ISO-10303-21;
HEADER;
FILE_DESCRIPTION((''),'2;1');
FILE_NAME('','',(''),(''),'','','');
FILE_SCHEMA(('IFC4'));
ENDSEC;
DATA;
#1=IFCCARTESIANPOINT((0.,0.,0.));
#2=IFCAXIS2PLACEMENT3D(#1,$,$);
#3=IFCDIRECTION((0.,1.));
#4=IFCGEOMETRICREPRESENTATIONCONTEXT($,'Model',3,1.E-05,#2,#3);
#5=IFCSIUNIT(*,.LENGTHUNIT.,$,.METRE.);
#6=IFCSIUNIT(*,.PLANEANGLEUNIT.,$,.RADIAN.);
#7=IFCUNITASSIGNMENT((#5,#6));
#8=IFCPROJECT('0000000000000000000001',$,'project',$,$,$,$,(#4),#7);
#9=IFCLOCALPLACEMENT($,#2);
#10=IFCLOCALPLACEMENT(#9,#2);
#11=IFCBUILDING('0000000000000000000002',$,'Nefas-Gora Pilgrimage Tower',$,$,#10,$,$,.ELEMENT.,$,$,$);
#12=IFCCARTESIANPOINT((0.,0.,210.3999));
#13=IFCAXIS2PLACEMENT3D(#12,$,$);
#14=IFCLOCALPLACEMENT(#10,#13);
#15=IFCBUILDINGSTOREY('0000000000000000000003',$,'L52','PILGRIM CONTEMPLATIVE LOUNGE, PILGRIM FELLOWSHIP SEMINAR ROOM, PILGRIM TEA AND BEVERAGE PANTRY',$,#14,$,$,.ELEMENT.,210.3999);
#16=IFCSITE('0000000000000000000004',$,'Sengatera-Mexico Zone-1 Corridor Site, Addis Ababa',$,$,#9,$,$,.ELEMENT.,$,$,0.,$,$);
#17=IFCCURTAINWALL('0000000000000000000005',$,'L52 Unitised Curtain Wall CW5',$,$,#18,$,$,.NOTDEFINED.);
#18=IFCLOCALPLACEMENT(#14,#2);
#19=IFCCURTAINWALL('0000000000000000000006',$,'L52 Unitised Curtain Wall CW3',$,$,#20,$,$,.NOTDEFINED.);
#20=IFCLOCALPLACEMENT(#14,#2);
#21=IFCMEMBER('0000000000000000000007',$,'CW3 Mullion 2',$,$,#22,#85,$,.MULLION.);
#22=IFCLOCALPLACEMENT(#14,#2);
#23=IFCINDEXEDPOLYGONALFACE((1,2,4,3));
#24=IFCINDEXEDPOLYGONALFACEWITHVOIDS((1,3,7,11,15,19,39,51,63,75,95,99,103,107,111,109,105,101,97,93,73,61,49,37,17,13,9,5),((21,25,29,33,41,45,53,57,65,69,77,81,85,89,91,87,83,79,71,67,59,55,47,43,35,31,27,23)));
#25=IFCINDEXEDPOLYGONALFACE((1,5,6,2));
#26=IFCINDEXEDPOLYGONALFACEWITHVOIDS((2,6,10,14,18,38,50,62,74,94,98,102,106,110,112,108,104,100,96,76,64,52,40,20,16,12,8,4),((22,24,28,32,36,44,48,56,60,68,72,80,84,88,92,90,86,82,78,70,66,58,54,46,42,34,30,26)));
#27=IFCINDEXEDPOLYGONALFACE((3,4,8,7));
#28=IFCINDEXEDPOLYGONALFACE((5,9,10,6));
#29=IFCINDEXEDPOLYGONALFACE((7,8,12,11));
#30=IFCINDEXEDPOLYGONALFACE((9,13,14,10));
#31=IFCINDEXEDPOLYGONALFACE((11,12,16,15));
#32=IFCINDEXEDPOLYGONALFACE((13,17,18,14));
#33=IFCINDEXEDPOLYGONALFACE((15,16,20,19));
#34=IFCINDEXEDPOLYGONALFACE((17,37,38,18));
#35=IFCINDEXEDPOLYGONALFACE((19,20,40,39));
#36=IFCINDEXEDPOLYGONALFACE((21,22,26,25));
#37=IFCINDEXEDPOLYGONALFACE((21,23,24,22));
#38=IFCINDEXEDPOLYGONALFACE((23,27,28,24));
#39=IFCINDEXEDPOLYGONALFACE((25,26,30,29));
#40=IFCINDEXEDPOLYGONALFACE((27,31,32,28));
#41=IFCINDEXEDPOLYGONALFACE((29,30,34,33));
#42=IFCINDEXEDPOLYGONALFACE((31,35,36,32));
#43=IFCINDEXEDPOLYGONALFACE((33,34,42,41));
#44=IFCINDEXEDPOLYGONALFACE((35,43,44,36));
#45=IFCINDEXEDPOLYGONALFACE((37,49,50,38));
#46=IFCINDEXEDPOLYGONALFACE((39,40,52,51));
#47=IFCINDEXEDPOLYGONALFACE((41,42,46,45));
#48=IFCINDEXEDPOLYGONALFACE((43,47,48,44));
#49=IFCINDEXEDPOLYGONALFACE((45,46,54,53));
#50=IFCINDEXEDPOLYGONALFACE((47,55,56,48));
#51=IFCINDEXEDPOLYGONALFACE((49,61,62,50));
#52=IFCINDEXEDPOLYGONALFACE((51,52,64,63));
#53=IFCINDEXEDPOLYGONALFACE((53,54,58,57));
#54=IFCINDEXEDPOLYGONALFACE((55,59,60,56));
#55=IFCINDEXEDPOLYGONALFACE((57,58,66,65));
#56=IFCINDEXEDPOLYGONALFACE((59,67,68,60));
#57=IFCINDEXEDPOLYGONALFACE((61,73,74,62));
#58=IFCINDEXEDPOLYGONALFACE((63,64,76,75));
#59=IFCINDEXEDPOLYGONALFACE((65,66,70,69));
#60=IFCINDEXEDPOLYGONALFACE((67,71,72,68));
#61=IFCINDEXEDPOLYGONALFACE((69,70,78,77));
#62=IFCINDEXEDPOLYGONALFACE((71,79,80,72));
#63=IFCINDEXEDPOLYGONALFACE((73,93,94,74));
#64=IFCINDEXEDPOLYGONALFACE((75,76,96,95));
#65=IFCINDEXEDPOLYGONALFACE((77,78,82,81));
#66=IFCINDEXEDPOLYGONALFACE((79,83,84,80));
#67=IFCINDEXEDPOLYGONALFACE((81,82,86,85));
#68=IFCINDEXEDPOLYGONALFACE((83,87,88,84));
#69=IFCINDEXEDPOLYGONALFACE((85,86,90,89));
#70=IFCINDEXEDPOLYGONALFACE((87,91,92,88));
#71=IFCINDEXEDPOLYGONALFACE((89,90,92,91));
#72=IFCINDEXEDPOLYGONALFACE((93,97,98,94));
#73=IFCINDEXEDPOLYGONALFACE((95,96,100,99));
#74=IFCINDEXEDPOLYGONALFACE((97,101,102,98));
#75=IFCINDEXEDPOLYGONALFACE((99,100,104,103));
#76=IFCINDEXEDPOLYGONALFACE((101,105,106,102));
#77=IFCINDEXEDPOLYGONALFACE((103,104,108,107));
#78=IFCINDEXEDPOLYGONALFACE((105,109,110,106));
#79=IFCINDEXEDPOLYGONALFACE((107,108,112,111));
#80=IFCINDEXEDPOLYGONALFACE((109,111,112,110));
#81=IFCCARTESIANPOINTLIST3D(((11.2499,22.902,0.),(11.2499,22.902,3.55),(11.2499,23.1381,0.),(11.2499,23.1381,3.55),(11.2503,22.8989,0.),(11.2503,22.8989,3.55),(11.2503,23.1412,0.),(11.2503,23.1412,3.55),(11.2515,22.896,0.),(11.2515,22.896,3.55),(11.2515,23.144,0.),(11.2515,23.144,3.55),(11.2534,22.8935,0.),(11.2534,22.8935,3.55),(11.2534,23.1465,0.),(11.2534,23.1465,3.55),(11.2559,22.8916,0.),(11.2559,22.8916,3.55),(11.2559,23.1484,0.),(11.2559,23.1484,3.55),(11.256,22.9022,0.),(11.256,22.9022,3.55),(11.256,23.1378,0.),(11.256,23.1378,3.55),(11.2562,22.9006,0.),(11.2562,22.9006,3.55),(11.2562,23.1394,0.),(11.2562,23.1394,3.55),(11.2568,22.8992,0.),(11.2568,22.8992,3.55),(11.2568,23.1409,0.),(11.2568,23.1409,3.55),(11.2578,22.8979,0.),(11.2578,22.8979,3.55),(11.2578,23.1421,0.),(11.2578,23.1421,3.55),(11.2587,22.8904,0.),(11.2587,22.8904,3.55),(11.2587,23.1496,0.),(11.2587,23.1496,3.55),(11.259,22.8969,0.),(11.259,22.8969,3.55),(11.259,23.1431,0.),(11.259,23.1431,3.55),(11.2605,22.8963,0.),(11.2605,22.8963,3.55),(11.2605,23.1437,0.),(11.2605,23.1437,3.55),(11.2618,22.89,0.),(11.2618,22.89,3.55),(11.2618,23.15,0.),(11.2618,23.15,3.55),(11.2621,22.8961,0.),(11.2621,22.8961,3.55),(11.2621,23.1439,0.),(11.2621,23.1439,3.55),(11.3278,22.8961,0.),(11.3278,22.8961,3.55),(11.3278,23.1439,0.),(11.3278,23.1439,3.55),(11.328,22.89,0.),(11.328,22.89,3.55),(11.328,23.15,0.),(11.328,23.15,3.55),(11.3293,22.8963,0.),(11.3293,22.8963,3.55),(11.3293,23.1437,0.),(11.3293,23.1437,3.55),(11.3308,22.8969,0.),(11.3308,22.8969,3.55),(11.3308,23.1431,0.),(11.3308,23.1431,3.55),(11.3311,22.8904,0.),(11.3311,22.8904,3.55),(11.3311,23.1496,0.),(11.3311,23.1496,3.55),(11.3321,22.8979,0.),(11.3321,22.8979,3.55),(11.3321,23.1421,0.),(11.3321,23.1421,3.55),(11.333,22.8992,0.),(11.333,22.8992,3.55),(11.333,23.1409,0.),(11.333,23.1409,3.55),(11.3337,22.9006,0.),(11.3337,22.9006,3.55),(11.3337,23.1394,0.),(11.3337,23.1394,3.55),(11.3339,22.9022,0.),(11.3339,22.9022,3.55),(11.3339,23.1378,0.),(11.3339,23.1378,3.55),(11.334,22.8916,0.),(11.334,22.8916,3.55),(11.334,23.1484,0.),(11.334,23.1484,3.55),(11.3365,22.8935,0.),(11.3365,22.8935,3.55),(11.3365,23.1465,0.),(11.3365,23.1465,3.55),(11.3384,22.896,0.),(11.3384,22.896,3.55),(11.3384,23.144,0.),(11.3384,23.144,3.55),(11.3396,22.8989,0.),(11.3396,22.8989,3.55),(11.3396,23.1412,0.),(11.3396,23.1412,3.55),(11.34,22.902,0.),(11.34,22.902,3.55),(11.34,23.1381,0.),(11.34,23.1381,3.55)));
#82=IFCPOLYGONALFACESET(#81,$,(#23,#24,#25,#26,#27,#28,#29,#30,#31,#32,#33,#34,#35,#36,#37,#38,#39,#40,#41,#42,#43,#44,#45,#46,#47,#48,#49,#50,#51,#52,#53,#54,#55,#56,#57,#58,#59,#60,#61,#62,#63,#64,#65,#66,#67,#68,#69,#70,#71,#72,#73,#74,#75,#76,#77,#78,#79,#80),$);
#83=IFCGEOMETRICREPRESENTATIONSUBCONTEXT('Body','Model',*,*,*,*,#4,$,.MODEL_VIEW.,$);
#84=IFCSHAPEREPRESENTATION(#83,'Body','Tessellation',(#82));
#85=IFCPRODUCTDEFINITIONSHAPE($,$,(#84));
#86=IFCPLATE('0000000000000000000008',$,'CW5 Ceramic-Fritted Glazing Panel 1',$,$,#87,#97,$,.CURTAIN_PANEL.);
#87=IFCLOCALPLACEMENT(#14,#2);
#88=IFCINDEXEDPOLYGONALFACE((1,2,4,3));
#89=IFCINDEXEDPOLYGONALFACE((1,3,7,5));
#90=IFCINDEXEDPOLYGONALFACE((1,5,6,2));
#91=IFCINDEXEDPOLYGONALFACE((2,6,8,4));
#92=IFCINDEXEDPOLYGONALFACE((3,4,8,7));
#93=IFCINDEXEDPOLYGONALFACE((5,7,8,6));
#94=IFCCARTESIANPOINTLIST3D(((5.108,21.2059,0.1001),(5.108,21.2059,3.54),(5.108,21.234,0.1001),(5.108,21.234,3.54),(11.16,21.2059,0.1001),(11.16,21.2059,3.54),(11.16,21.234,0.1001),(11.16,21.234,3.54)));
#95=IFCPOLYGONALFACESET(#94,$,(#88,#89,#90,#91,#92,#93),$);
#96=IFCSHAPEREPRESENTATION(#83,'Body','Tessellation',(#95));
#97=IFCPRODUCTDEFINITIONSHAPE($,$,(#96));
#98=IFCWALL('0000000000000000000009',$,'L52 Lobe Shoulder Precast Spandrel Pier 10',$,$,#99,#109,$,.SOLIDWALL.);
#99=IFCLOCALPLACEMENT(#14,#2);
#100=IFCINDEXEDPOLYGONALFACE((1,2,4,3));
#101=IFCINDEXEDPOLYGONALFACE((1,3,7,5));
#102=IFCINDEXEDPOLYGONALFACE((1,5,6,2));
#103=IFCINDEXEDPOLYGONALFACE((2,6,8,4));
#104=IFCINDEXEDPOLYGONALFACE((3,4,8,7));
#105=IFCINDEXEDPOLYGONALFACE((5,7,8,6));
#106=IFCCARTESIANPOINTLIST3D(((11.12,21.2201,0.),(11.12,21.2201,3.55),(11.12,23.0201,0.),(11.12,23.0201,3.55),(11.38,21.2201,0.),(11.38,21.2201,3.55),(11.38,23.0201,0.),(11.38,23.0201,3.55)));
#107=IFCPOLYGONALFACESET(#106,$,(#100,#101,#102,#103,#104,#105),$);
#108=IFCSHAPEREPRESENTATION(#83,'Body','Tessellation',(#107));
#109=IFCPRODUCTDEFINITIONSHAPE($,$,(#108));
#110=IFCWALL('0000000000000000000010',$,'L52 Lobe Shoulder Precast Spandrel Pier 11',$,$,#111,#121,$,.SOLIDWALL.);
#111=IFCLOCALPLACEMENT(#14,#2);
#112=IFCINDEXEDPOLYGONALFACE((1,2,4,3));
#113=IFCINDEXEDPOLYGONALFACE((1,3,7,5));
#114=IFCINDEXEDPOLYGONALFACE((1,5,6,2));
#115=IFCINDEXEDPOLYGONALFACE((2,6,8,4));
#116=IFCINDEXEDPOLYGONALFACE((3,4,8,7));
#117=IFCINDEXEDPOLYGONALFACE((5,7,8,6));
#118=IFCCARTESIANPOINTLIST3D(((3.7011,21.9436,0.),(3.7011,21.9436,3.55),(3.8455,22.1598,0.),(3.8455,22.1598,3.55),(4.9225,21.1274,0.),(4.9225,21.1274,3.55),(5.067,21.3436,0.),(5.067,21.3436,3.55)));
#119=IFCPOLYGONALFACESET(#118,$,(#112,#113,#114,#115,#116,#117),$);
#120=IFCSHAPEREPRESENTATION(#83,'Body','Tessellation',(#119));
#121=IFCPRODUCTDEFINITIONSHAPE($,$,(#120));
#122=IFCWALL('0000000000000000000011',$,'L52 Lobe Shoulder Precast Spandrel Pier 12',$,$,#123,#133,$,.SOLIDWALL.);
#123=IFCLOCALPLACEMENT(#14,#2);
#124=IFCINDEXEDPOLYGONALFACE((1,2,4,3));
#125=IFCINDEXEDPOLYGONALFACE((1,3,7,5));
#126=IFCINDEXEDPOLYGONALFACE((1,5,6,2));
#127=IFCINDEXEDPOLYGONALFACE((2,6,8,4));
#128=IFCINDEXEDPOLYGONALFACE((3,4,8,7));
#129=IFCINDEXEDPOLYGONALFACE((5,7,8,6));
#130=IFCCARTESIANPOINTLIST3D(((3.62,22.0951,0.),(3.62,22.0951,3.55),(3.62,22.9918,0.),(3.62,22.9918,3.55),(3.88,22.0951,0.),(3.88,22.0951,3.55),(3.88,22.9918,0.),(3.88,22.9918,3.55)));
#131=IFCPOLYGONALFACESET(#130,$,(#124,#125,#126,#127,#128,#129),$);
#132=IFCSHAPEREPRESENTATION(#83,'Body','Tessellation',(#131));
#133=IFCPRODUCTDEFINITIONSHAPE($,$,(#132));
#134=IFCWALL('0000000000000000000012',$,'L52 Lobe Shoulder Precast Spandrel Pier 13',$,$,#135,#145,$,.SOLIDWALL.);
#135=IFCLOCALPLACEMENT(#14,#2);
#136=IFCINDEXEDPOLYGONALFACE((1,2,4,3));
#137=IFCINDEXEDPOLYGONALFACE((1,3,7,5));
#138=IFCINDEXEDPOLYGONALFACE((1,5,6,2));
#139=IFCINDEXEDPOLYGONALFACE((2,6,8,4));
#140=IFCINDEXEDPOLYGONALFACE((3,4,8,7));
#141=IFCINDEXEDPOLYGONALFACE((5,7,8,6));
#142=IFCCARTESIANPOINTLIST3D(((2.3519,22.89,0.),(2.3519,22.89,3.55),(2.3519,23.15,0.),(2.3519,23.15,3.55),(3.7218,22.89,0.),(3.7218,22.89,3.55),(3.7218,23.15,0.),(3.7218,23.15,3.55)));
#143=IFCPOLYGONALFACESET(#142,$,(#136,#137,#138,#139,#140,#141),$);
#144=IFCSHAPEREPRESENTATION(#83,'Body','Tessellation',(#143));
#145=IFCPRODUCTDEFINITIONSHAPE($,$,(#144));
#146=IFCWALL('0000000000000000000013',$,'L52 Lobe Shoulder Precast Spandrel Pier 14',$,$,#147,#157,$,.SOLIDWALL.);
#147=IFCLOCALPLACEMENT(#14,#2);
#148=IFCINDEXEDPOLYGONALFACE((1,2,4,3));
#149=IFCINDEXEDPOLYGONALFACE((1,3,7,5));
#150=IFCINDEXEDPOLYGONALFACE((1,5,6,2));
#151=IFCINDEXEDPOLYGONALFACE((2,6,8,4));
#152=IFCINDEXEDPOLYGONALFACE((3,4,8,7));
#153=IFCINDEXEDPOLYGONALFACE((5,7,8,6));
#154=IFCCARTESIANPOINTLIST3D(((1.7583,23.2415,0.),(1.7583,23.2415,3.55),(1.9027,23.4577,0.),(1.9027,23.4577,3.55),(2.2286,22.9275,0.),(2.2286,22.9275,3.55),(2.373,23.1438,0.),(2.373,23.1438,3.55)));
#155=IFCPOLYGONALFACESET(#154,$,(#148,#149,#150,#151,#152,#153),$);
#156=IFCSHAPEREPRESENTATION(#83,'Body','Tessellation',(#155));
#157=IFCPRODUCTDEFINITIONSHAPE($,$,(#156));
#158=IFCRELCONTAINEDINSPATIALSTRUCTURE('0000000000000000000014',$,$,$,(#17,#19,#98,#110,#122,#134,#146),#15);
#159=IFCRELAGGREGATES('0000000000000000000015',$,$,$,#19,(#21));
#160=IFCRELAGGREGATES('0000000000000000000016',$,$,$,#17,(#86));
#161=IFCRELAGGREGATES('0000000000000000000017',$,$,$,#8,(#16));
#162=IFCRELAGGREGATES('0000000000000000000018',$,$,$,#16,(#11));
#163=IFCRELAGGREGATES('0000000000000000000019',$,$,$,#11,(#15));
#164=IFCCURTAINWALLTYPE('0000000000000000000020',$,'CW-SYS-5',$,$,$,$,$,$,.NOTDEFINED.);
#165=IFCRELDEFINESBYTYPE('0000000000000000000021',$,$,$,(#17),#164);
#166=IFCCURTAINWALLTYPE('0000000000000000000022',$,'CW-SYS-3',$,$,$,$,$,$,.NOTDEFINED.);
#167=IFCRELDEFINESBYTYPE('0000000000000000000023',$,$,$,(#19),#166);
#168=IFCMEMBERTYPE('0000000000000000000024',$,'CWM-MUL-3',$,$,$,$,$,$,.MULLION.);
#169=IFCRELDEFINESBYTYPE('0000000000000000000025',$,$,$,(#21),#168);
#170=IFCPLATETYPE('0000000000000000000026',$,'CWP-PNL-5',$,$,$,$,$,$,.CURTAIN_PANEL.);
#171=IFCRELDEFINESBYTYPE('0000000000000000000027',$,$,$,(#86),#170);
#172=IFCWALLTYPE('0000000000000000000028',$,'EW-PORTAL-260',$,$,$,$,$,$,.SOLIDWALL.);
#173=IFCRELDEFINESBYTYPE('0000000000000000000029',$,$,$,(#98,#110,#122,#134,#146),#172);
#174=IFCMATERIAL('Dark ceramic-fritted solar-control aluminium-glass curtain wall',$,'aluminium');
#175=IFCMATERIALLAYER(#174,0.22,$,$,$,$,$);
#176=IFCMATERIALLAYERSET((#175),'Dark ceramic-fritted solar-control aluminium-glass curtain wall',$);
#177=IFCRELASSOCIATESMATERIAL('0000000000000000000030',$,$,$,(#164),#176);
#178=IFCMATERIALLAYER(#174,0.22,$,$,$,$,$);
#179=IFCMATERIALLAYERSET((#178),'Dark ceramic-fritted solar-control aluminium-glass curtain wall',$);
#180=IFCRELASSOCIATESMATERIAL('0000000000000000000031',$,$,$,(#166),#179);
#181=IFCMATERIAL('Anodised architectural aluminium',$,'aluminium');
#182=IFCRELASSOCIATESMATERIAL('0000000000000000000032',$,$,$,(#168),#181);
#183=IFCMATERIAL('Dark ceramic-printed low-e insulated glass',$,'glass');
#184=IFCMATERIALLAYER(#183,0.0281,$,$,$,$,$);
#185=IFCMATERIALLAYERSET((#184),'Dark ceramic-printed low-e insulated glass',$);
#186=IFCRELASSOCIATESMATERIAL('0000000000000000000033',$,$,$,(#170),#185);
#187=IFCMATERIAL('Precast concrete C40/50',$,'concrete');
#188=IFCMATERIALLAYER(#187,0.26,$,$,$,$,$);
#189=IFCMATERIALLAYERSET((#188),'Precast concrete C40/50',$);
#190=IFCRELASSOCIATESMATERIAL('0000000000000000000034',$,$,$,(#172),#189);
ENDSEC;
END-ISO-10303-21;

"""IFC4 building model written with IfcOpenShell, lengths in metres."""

from ifc_helpers import new_model, si_unit, direction, frame, frame_2d, origin, origin_2d, place, context, subcontext, project, spatial, rectangle, hollow_rectangle, extrude, source, transform, mapped, material, layer, layer_set, material_profile, profile_set, type_object, element, aggregate, save


model = new_model("IFC4")

# Units and contexts
model_context = context("Model", 3, precision=1e-05, world=origin(), true_north=direction((0.0, 1.0)))
body_context = subcontext(model_context, "Body", "Model", "MODEL_VIEW")
ifc_project = project(units=[si_unit("LENGTHUNIT", "METRE"), si_unit("PLANEANGLEUNIT", "RADIAN")], contexts=[model_context])

# Site, building, storey
site_placement = place(None, origin())
site = spatial("IfcSite", under=ifc_project, at=site_placement, Name="Sengatera-Mexico Zone-1 Corridor Site, Addis Ababa", CompositionType="ELEMENT", RefElevation=0.0)
building_placement = place(site_placement, origin())
building = spatial("IfcBuilding", under=site, at=building_placement, Name="Nefas-Gora Pilgrimage Tower", CompositionType="ELEMENT")
storey_placement = place(building_placement, frame((0.0, 0.0, 210.3999)))
storey = spatial("IfcBuildingStorey", under=building, at=storey_placement, Name="L52", Description="PILGRIM CONTEMPLATIVE LOUNGE, PILGRIM FELLOWSHIP SEMINAR ROOM, PILGRIM TEA AND BEVERAGE PANTRY", CompositionType="ELEMENT", Elevation=210.3999)

# Curtain wall
ifc_material_1 = material(Name="Dark ceramic-fritted solar-control aluminium-glass curtain wall", Category="aluminium")
ifc_layer_1 = layer(ifc_material_1, 0.22)
ifc_layer_set_1 = layer_set([ifc_layer_1], Name="Dark ceramic-fritted solar-control aluminium-glass curtain wall")
curtain_wall_type_1 = type_object("IfcCurtainWallType", Name="CW-SYS-5", PredefinedType="NOTDEFINED", material=ifc_layer_set_1)
curtain_wall_1_placement = place(storey_placement, origin())
curtain_wall_1 = element("IfcCurtainWall", 1, at=curtain_wall_1_placement, inside=storey, type_object=curtain_wall_type_1, Name="L52 Unitised Curtain Wall CW5", PredefinedType="NOTDEFINED")
ifc_material_2 = material(Name="Anodised architectural aluminium", Category="aluminium")

# Curtain wall, member
ifc_layer_2 = layer(ifc_material_1, 0.22)
ifc_layer_set_2 = layer_set([ifc_layer_2], Name="Dark ceramic-fritted solar-control aluminium-glass curtain wall")
curtain_wall_type_2 = type_object("IfcCurtainWallType", Name="CW-SYS-3", PredefinedType="NOTDEFINED", material=ifc_layer_set_2)
curtain_wall_2_placement = place(storey_placement, origin())
curtain_wall_2 = element("IfcCurtainWall", 2, at=curtain_wall_2_placement, inside=storey, type_object=curtain_wall_type_2, Name="L52 Unitised Curtain Wall CW3", PredefinedType="NOTDEFINED")
ifc_material_profile_1 = material_profile(ifc_material_2, hollow_rectangle(XDim=0.0901, YDim=0.26, WallThickness=0.0061, InnerFilletRadius=0.0061, OuterFilletRadius=0.012, at=origin_2d()), Name="ALU MULLION 90x260")
ifc_profile_set_1 = profile_set([ifc_material_profile_1], Name="Anodised architectural aluminium")
member_type_1 = type_object("IfcMemberType", Name="CWM-MUL-3", PredefinedType="MULLION", material=ifc_profile_set_1)
shared_shape_1 = source(origin(), body_context, "Body", "SweptSolid", [
    extrude(hollow_rectangle(XDim=0.0901, YDim=0.26, WallThickness=0.0061, InnerFilletRadius=0.0061, OuterFilletRadius=0.012, at=origin_2d()), origin(), (0.0, 0.0, 1.0), 3.55),
])
member_1_placement = place(storey_placement, frame((11.2949, 23.02, 0.0), z_axis=(0.0, 0.0, 1.0), x_axis=(-1.0, 0.0, 0.0)))
member_1 = element("IfcMember", 3, at=member_1_placement, type_object=member_type_1, Name="CW3 Mullion 2", PredefinedType="MULLION", context=body_context, shape_type="MappedRepresentation", body=[
    mapped(shared_shape_1, transform((0.0, 0.0, 0.0), x_axis=(1.0, 0.0, 0.0), y_axis=(0.0, 1.0, 0.0), z_axis=(0.0, 0.0, 1.0), scale=1.0)),
])
aggregate(curtain_wall_2, [member_1])

# Plate
ifc_material_3 = material(Name="Dark ceramic-printed low-e insulated glass", Category="glass")
ifc_layer_3 = layer(ifc_material_3, 0.0281)
ifc_layer_set_3 = layer_set([ifc_layer_3], Name="Dark ceramic-printed low-e insulated glass")
plate_type = type_object("IfcPlateType", Name="CWP-PNL-5", PredefinedType="CURTAIN_PANEL", material=ifc_layer_set_3)
shared_shape_2 = source(origin(), body_context, "Body", "SweptSolid", [
    extrude(rectangle(XDim=6.052, YDim=0.0281, at=origin_2d()), origin(), (0.0, 0.0, 1.0), 3.4399),
])
plate_placement = place(storey_placement, frame((8.134, 21.22, 0.1001), z_axis=(0.0, 0.0, 1.0), x_axis=(-1.0, 0.0, 0.0)))
plate = element("IfcPlate", 4, at=plate_placement, type_object=plate_type, Name="CW5 Ceramic-Fritted Glazing Panel 1", PredefinedType="CURTAIN_PANEL", context=body_context, shape_type="MappedRepresentation", body=[
    mapped(shared_shape_2, transform((0.0, 0.0, 0.0), x_axis=(1.0, 0.0, 0.0), y_axis=(0.0, 1.0, 0.0), z_axis=(0.0, 0.0, 1.0), scale=1.0)),
])
aggregate(curtain_wall_1, [plate])

# Walls
ifc_material_4 = material(Name="Precast concrete C40/50", Category="concrete")
ifc_layer_4 = layer(ifc_material_4, 0.26)
ifc_layer_set_4 = layer_set([ifc_layer_4], Name="Precast concrete C40/50")
wall_type_1 = type_object("IfcWallType", Name="EW-PORTAL-260", PredefinedType="SOLIDWALL", material=ifc_layer_set_4)
shared_shape_3 = source(origin(), body_context, "Body", "SweptSolid", [
    extrude(rectangle(XDim=1.8, YDim=0.26, at=frame_2d((0.8999, 0.0))), origin(), (0.0, 0.0, 1.0), 3.55),
])
wall_1_placement = place(storey_placement, frame((11.25, 23.02, 0.0), z_axis=(0.0, 0.0, 1.0), x_axis=(0.0, -1.0, 0.0)))
element("IfcWall", 5, at=wall_1_placement, inside=storey, type_object=wall_type_1, Name="L52 Lobe Shoulder Precast Spandrel Pier 10", PredefinedType="SOLIDWALL", context=body_context, shape_type="MappedRepresentation", body=[
    mapped(shared_shape_3, transform((0.0, 0.0, 0.0), x_axis=(1.0, 0.0, 0.0), y_axis=(0.0, 1.0, 0.0), z_axis=(0.0, 0.0, 1.0), scale=1.0)),
])
shared_shape_4 = source(origin(), body_context, "Body", "SweptSolid", [
    extrude(rectangle(XDim=1.469, YDim=0.26, at=frame_2d((0.7344, 0.0))), origin(), (0.0, 0.0, 1.0), 3.55),
])
wall_2_placement = place(storey_placement, frame((4.9946, 21.2356, 0.0), z_axis=(0.0, 0.0, 1.0), x_axis=(-0.831462, 0.555582, 0.0)))
element("IfcWall", 6, at=wall_2_placement, inside=storey, type_object=wall_type_1, Name="L52 Lobe Shoulder Precast Spandrel Pier 11", PredefinedType="SOLIDWALL", context=body_context, shape_type="MappedRepresentation", body=[
    mapped(shared_shape_4, transform((0.0, 0.0, 0.0), x_axis=(1.0, 0.0, 0.0), y_axis=(0.0, 1.0, 0.0), z_axis=(0.0, 0.0, 1.0), scale=1.0)),
])
shared_shape_5 = source(origin(), body_context, "Body", "SweptSolid", [
    extrude(rectangle(XDim=0.8967, YDim=0.26, at=frame_2d((0.4482, 0.0))), origin(), (0.0, 0.0, 1.0), 3.55),
])
wall_3_placement = place(storey_placement, frame((3.75, 22.0952, 0.0), z_axis=(0.0, 0.0, 1.0), x_axis=(0.0, 1.0, 0.0)))
element("IfcWall", 7, at=wall_3_placement, inside=storey, type_object=wall_type_1, Name="L52 Lobe Shoulder Precast Spandrel Pier 12", PredefinedType="SOLIDWALL", context=body_context, shape_type="MappedRepresentation", body=[
    mapped(shared_shape_5, transform((0.0, 0.0, 0.0), x_axis=(1.0, 0.0, 0.0), y_axis=(0.0, 1.0, 0.0), z_axis=(0.0, 0.0, 1.0), scale=1.0)),
])
shared_shape_6 = source(origin(), body_context, "Body", "SweptSolid", [
    extrude(rectangle(XDim=1.3699, YDim=0.26, at=frame_2d((0.6851, 0.0))), origin(), (0.0, 0.0, 1.0), 3.55),
])
wall_4_placement = place(storey_placement, frame((3.7219, 23.02, 0.0), z_axis=(0.0, 0.0, 1.0), x_axis=(-1.0, 0.0, 0.0)))
element("IfcWall", 8, at=wall_4_placement, inside=storey, type_object=wall_type_1, Name="L52 Lobe Shoulder Precast Spandrel Pier 13", PredefinedType="SOLIDWALL", context=body_context, shape_type="MappedRepresentation", body=[
    mapped(shared_shape_6, transform((0.0, 0.0, 0.0), x_axis=(1.0, 0.0, 0.0), y_axis=(0.0, 1.0, 0.0), z_axis=(0.0, 0.0, 1.0), scale=1.0)),
])
shared_shape_7 = source(origin(), body_context, "Body", "SweptSolid", [
    extrude(rectangle(XDim=0.5654, YDim=0.26, at=frame_2d((0.2827, 0.0))), origin(), (0.0, 0.0, 1.0), 3.55),
])
wall_5_placement = place(storey_placement, frame((2.3008, 23.0356, 0.0), z_axis=(0.0, 0.0, 1.0), x_axis=(-0.831651, 0.555298, 0.0)))
element("IfcWall", 9, at=wall_5_placement, inside=storey, type_object=wall_type_1, Name="L52 Lobe Shoulder Precast Spandrel Pier 14", PredefinedType="SOLIDWALL", context=body_context, shape_type="MappedRepresentation", body=[
    mapped(shared_shape_7, transform((0.0, 0.0, 0.0), x_axis=(1.0, 0.0, 0.0), y_axis=(0.0, 1.0, 0.0), z_axis=(0.0, 0.0, 1.0), scale=1.0)),
])

save(model, "model.ifc")
